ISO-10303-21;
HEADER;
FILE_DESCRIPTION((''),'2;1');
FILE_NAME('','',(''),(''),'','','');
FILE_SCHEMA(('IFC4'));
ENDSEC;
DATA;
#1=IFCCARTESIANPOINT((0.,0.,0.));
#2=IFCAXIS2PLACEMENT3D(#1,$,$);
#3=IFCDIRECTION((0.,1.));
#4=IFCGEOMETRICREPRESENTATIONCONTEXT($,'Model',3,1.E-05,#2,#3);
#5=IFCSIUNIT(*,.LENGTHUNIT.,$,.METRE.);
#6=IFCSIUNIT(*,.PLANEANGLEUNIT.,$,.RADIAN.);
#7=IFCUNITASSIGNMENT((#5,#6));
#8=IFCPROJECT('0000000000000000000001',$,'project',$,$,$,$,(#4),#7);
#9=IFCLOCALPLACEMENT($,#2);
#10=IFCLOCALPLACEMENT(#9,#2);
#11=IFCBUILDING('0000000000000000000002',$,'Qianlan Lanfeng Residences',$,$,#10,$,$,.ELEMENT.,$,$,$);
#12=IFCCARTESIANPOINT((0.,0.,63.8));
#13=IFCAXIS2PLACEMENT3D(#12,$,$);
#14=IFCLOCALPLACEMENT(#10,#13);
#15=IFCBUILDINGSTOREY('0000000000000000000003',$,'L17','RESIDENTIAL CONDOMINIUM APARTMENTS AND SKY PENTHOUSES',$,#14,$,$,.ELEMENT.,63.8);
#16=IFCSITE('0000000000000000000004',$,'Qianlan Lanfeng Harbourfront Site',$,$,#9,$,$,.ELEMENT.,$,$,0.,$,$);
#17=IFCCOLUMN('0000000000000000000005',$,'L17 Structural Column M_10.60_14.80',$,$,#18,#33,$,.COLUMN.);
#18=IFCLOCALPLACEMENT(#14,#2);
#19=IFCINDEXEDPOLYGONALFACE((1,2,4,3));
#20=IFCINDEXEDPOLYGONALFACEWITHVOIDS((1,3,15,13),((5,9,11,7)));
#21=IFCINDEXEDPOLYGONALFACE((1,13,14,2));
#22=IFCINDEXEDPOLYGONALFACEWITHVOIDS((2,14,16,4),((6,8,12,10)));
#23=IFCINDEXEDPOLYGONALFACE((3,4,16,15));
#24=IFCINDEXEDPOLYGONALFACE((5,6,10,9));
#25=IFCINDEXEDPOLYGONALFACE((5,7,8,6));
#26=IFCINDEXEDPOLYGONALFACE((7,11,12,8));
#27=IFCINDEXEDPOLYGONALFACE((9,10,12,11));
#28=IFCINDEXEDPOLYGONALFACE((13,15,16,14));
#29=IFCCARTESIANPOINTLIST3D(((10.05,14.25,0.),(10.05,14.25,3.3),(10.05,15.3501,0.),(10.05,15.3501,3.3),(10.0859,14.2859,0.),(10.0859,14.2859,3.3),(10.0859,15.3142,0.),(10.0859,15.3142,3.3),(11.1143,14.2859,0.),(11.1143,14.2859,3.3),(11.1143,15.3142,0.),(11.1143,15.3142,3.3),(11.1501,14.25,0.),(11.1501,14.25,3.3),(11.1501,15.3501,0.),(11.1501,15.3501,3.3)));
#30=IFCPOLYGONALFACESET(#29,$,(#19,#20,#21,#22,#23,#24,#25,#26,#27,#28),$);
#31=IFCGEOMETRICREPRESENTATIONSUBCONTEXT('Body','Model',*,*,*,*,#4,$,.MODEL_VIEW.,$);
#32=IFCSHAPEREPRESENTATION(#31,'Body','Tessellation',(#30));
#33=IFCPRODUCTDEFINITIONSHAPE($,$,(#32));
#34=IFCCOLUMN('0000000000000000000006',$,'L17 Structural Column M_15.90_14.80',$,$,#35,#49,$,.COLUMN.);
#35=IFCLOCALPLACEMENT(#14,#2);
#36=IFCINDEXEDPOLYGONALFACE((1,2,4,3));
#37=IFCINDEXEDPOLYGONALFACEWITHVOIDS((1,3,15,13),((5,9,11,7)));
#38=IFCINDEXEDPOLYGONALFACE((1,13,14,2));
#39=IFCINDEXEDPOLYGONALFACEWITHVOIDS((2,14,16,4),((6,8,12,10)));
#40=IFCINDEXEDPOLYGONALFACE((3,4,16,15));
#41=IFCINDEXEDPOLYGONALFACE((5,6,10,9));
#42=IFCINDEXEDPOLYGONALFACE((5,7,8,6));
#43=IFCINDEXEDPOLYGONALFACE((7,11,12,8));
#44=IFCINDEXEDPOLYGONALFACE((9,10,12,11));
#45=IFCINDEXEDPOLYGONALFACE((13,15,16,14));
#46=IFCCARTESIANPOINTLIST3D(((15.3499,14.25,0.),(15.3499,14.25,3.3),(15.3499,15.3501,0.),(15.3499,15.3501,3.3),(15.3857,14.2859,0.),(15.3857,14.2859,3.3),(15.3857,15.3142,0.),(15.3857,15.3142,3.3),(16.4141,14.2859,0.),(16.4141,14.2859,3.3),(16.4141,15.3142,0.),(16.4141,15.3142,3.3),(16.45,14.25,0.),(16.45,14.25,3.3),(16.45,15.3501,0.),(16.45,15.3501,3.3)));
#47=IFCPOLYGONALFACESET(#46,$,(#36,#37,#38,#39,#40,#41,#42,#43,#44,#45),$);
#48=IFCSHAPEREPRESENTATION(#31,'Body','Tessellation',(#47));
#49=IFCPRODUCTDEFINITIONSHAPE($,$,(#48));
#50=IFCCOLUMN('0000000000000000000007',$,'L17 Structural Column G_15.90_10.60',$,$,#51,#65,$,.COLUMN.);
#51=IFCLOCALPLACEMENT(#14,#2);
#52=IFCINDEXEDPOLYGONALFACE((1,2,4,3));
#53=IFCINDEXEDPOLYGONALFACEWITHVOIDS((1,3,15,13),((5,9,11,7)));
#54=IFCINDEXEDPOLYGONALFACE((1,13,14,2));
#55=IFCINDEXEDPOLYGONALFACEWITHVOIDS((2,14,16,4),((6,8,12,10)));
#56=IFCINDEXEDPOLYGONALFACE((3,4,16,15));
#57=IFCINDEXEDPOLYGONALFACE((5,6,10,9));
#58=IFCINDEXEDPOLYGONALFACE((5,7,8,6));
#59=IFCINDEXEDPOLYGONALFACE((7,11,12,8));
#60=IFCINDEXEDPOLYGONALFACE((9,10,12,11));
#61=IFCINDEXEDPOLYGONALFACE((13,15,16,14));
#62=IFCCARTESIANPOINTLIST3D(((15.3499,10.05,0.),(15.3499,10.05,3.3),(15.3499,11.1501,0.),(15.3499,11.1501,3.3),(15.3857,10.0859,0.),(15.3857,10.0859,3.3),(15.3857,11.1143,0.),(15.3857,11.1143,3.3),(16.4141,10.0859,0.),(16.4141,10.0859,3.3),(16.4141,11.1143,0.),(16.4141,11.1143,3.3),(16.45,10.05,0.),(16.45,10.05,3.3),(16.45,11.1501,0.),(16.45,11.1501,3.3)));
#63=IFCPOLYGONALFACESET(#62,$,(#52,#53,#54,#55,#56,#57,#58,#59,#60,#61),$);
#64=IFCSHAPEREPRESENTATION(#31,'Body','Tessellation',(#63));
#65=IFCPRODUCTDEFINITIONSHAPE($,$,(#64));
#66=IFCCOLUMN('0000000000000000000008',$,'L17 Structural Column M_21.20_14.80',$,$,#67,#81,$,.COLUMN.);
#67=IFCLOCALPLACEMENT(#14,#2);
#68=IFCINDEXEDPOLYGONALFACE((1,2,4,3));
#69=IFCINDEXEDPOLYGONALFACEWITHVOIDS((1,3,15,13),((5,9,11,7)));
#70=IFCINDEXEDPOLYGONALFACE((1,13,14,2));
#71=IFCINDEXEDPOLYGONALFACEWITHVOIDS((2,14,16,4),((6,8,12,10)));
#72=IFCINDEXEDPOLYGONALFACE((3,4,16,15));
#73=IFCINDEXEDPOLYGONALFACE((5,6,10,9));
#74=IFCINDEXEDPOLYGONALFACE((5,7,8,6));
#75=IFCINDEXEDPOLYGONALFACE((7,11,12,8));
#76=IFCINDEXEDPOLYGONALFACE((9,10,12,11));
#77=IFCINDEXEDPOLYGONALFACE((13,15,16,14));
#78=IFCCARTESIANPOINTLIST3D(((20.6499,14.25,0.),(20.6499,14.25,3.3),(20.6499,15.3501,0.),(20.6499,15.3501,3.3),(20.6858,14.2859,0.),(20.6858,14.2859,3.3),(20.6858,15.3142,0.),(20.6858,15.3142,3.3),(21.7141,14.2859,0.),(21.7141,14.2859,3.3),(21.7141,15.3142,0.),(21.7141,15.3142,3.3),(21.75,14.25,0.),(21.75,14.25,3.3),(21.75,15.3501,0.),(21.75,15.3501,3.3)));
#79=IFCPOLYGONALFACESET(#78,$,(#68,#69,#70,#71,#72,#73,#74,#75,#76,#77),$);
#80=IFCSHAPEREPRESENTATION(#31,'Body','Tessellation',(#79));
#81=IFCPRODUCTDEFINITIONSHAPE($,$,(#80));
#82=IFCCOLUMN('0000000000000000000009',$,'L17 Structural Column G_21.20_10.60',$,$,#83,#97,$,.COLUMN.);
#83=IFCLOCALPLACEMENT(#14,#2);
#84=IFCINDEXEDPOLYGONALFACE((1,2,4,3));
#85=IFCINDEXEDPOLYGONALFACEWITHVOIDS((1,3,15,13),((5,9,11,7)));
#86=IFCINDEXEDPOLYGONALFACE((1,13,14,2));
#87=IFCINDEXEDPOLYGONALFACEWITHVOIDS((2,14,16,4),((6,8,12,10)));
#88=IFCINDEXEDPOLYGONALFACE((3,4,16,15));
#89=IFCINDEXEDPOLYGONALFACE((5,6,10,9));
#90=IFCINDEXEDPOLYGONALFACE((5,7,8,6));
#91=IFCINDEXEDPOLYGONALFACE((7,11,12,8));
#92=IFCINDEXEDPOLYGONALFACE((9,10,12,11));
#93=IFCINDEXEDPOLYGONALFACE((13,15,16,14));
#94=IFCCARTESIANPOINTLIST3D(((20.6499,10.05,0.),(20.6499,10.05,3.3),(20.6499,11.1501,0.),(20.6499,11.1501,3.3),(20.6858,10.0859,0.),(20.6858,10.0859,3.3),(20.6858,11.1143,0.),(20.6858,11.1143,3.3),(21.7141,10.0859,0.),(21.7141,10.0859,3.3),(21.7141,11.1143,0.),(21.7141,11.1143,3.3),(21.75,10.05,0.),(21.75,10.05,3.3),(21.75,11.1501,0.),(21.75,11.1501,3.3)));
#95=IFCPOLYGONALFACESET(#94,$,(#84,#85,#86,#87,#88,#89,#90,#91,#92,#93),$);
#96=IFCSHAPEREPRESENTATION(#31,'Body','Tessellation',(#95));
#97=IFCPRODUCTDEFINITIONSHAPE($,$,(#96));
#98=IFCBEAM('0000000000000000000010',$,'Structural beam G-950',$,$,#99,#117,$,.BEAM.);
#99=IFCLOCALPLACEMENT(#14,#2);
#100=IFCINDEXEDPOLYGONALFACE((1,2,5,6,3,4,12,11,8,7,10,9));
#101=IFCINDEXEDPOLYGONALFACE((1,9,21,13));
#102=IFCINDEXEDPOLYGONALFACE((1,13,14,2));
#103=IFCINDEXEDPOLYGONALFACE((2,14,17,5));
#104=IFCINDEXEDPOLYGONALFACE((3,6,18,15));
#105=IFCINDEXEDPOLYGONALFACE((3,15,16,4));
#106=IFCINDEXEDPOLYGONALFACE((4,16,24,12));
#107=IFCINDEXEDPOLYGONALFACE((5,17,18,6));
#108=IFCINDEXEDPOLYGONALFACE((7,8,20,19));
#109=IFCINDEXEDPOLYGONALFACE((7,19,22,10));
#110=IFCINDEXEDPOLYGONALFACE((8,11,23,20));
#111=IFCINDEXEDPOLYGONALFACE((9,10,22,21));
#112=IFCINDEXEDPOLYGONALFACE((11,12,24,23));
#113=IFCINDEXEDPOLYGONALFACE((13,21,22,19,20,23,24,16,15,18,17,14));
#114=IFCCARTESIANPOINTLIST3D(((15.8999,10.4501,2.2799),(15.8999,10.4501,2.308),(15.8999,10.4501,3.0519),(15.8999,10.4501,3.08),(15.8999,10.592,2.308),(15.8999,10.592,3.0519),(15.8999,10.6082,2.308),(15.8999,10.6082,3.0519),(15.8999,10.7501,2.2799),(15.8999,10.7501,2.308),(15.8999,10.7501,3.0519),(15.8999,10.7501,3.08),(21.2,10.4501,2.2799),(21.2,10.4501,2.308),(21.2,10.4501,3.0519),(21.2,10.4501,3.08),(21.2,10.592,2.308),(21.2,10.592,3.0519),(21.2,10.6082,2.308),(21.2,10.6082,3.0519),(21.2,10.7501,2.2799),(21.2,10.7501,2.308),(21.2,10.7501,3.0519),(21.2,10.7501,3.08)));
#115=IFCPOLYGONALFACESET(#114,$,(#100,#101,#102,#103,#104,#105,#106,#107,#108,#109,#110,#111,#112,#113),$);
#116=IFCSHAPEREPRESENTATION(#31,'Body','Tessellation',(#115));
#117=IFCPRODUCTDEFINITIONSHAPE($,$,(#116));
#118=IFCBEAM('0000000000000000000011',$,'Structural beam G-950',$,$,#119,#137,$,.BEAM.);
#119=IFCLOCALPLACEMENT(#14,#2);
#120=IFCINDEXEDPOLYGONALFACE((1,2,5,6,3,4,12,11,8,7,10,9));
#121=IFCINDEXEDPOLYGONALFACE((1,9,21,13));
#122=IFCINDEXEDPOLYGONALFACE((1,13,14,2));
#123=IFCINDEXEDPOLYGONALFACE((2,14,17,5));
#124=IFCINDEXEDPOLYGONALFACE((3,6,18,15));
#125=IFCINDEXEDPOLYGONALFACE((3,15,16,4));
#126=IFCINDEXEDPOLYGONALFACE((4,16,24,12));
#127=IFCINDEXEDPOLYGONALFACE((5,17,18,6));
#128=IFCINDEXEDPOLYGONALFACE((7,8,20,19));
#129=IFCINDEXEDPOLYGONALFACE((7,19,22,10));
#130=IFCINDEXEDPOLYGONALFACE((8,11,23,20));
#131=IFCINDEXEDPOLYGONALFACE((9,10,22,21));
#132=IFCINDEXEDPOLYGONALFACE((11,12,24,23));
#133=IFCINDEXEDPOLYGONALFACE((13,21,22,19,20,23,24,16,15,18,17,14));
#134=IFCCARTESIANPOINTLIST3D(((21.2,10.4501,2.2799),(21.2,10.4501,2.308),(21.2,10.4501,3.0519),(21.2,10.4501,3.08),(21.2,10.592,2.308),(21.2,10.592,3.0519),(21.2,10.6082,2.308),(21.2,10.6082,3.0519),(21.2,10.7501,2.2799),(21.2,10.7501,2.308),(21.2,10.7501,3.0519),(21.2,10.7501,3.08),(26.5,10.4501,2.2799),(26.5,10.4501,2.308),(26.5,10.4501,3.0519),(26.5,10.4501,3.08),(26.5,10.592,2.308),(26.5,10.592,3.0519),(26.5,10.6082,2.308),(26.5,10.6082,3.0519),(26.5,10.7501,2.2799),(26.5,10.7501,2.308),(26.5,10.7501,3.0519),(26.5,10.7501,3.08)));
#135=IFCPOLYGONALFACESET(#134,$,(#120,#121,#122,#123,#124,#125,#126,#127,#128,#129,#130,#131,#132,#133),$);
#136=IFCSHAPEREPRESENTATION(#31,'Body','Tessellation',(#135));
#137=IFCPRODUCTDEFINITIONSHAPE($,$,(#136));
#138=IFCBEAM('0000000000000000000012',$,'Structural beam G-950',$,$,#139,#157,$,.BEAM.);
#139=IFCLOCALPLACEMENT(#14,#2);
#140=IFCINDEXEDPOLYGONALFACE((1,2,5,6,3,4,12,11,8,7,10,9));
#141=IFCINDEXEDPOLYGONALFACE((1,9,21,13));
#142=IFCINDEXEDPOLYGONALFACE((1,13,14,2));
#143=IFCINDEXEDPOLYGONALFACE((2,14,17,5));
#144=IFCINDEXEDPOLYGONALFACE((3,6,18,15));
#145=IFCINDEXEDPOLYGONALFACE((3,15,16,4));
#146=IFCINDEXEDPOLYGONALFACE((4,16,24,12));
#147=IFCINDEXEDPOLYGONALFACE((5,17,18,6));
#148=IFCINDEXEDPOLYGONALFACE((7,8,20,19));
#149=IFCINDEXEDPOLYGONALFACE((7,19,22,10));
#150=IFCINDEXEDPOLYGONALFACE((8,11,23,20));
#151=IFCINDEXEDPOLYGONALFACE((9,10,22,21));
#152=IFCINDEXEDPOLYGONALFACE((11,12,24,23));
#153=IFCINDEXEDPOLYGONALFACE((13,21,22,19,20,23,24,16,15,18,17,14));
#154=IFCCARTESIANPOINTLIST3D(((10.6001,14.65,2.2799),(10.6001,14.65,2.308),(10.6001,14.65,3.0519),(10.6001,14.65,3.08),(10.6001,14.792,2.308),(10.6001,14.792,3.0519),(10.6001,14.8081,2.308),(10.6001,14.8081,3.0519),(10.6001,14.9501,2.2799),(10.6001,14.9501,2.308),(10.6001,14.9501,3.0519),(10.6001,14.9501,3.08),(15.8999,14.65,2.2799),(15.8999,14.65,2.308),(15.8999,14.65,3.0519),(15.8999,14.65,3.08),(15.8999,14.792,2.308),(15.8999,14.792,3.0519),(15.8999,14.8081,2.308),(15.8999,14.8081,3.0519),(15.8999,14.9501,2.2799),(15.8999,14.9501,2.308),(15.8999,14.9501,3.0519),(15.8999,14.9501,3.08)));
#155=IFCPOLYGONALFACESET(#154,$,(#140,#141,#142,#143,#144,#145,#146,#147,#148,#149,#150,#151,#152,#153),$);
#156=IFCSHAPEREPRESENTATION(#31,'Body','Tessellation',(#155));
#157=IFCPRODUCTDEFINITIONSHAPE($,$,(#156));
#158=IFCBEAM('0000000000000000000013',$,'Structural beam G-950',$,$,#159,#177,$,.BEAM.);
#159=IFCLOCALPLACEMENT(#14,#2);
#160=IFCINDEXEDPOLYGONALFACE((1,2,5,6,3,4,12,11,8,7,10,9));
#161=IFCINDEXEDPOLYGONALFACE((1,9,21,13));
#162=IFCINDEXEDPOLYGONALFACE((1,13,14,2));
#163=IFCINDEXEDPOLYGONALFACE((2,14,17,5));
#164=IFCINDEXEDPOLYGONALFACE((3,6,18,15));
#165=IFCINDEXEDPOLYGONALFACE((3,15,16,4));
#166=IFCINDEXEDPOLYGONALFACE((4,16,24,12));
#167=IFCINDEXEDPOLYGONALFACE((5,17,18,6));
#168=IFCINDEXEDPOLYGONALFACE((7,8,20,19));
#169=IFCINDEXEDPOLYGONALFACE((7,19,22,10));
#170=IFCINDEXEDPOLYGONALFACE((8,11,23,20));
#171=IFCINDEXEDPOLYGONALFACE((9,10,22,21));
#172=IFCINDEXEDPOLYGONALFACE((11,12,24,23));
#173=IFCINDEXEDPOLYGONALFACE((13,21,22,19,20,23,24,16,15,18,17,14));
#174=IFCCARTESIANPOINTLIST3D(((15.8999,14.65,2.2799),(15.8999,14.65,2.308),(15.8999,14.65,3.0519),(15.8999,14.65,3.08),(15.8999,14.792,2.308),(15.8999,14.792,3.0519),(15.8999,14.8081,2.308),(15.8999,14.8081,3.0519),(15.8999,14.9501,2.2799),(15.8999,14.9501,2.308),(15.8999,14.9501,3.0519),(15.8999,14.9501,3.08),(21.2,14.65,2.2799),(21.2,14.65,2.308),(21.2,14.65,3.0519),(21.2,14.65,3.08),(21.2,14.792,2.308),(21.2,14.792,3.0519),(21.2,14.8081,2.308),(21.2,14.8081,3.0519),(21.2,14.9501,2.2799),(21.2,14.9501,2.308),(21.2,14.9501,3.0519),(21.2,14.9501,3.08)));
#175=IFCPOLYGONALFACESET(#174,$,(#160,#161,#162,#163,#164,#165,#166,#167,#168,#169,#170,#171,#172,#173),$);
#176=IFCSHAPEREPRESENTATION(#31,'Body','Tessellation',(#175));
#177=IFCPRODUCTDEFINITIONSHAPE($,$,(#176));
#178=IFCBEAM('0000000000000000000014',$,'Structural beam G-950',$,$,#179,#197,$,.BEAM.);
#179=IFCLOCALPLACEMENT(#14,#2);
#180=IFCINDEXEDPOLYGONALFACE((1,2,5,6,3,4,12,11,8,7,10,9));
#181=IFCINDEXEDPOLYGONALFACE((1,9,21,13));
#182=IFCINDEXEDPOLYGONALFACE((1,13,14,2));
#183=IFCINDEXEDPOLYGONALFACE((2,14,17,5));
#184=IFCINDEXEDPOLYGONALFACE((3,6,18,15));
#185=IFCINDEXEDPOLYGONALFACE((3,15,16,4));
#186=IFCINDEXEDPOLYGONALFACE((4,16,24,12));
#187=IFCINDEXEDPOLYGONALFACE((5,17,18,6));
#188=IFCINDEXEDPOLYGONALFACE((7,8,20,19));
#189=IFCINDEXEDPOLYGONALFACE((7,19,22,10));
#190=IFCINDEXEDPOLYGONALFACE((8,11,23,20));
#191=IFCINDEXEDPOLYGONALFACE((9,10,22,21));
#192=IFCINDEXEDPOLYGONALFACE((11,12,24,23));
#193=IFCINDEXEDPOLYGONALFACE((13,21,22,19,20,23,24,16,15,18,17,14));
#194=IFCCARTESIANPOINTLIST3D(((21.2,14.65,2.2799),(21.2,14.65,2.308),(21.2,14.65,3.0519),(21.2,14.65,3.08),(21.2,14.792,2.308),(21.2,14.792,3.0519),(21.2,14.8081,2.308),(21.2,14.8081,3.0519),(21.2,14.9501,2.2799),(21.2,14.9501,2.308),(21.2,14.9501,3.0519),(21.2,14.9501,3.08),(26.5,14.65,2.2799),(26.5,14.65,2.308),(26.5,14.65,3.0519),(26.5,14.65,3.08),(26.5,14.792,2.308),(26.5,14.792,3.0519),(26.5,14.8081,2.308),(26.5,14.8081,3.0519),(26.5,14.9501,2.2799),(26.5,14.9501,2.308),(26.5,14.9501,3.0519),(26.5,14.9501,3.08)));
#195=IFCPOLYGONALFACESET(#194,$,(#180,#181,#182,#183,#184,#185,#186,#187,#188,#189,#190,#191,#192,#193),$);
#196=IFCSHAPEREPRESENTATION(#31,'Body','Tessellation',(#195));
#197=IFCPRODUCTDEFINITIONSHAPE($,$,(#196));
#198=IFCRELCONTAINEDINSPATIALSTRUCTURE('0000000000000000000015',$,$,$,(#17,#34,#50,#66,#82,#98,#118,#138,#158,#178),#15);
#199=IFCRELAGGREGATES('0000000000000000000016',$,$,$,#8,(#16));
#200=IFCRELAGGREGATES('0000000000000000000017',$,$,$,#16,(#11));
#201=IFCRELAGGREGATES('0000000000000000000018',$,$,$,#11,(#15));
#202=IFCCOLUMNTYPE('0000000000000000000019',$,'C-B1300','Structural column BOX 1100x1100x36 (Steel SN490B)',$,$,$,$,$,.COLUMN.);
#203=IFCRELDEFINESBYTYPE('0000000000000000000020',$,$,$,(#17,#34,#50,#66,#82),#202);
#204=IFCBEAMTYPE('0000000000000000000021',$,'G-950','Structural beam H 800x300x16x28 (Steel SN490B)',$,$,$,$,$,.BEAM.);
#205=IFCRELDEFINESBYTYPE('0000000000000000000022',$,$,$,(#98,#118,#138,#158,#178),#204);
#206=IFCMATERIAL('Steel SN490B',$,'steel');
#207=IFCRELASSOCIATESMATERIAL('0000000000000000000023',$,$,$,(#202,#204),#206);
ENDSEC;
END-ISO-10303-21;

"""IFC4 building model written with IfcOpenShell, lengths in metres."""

from ifc_helpers import new_model, si_unit, direction, frame, origin, origin_2d, place, context, subcontext, project, spatial, hollow_rectangle, i_section, extrude, material, material_profile, profile_set, type_object, element, save


model = new_model("IFC4")

# Units and contexts
model_context = context("Model", 3, precision=1e-05, world=origin(), true_north=direction((0.0, 1.0)))
body_context = subcontext(model_context, "Body", "Model", "MODEL_VIEW")
ifc_project = project(units=[si_unit("LENGTHUNIT", "METRE"), si_unit("PLANEANGLEUNIT", "RADIAN")], contexts=[model_context])

# Site, building, storey
site_placement = place(None, origin())
site = spatial("IfcSite", under=ifc_project, at=site_placement, Name="Qianlan Lanfeng Harbourfront Site", CompositionType="ELEMENT", RefElevation=0.0)
building_placement = place(site_placement, origin())
building = spatial("IfcBuilding", under=site, at=building_placement, Name="Qianlan Lanfeng Residences", CompositionType="ELEMENT")
storey_placement = place(building_placement, frame((0.0, 0.0, 63.8)))
storey = spatial("IfcBuildingStorey", under=building, at=storey_placement, Name="L17", Description="RESIDENTIAL CONDOMINIUM APARTMENTS AND SKY PENTHOUSES", CompositionType="ELEMENT", Elevation=63.8)

# Columns
ifc_material_1 = material(Name="Steel SN490B", Category="steel")
ifc_material_profile_1 = material_profile(ifc_material_1, hollow_rectangle(XDim=1.1001, YDim=1.1001, WallThickness=0.0359, at=origin_2d()), Name="BOX 1100x1100x36")
ifc_profile_set_1 = profile_set([ifc_material_profile_1], Name="Steel SN490B")
column_type = type_object("IfcColumnType", Name="C-B1300", Description="Structural column BOX 1100x1100x36 (Steel SN490B)", PredefinedType="COLUMN", material=ifc_profile_set_1)
for number, where, z_axis, x_axis, name in (
    (1, (10.6001, 14.8, 0.0), (0.0, 0.0, 1.0), (1.0, 0.0, 0.0), "L17 Structural Column M_10.60_14.80"),
    (2, (15.8999, 14.8, 0.0), (0.0, 0.0, 1.0), (1.0, 0.0, 0.0), "L17 Structural Column M_15.90_14.80"),
    (3, (15.8999, 10.6001, 0.0), (0.0, 0.0, 1.0), (1.0, 0.0, 0.0), "L17 Structural Column G_15.90_10.60"),
    (4, (21.2, 14.8, 0.0), (0.0, 0.0, 1.0), (1.0, 0.0, 0.0), "L17 Structural Column M_21.20_14.80"),
    (5, (21.2, 10.6001, 0.0), (0.0, 0.0, 1.0), (1.0, 0.0, 0.0), "L17 Structural Column G_21.20_10.60"),
):
    element("IfcColumn", number, at=place(storey_placement, frame(where, z_axis=z_axis, x_axis=x_axis)), inside=storey, type_object=column_type, Name=name, PredefinedType="COLUMN", context=body_context, shape_type="SweptSolid", body=[
        extrude(hollow_rectangle(XDim=1.1001, YDim=1.1001, WallThickness=0.0359, at=origin_2d()), origin(), (0.0, 0.0, 1.0), 3.3),
    ])

# Beams
ifc_material_profile_2 = material_profile(ifc_material_1, i_section(OverallWidth=0.3, OverallDepth=0.8, WebThickness=0.0161, FlangeThickness=0.0281, at=origin_2d()), Name="H 800x300x16x28")
ifc_profile_set_2 = profile_set([ifc_material_profile_2], Name="Steel SN490B")
beam_type_1 = type_object("IfcBeamType", Name="G-950", Description="Structural beam H 800x300x16x28 (Steel SN490B)", PredefinedType="BEAM", material=ifc_profile_set_2)
for number, where, z_axis, x_axis, name in (
    (6, (15.8999, 10.6001, 2.6799), (1.0, 0.0, 0.0), (0.0, 1.0, 0.0), "Structural beam G-950"),
    (7, (21.2, 10.6001, 2.6799), (1.0, 0.0, 0.0), (0.0, 1.0, 0.0), "Structural beam G-950"),
):
    element("IfcBeam", number, at=place(storey_placement, frame(where, z_axis=z_axis, x_axis=x_axis)), inside=storey, type_object=beam_type_1, Name=name, PredefinedType="BEAM", context=body_context, shape_type="SweptSolid", body=[
        extrude(i_section(OverallWidth=0.3, OverallDepth=0.8, WebThickness=0.0161, FlangeThickness=0.0281, at=origin_2d()), origin(), (0.0, 0.0, 1.0), 5.3),
    ])
beam_1_placement = place(storey_placement, frame((10.6001, 14.8, 2.6799), z_axis=(1.0, 0.0, 0.0), x_axis=(0.0, 1.0, 0.0)))
element("IfcBeam", 8, at=beam_1_placement, inside=storey, type_object=beam_type_1, Name="Structural beam G-950", PredefinedType="BEAM", context=body_context, shape_type="SweptSolid", body=[
    extrude(i_section(OverallWidth=0.3, OverallDepth=0.8, WebThickness=0.0161, FlangeThickness=0.0281, at=origin_2d()), origin(), (0.0, 0.0, 1.0), 5.2998),
])
for number, where, z_axis, x_axis, name in (
    (9, (15.8999, 14.8, 2.6799), (1.0, 0.0, 0.0), (0.0, 1.0, 0.0), "Structural beam G-950"),
    (10, (21.2, 14.8, 2.6799), (1.0, 0.0, 0.0), (0.0, 1.0, 0.0), "Structural beam G-950"),
):
    element("IfcBeam", number, at=place(storey_placement, frame(where, z_axis=z_axis, x_axis=x_axis)), inside=storey, type_object=beam_type_1, Name=name, PredefinedType="BEAM", context=body_context, shape_type="SweptSolid", body=[
        extrude(i_section(OverallWidth=0.3, OverallDepth=0.8, WebThickness=0.0161, FlangeThickness=0.0281, at=origin_2d()), origin(), (0.0, 0.0, 1.0), 5.3),
    ])

save(model, "model.ifc")
